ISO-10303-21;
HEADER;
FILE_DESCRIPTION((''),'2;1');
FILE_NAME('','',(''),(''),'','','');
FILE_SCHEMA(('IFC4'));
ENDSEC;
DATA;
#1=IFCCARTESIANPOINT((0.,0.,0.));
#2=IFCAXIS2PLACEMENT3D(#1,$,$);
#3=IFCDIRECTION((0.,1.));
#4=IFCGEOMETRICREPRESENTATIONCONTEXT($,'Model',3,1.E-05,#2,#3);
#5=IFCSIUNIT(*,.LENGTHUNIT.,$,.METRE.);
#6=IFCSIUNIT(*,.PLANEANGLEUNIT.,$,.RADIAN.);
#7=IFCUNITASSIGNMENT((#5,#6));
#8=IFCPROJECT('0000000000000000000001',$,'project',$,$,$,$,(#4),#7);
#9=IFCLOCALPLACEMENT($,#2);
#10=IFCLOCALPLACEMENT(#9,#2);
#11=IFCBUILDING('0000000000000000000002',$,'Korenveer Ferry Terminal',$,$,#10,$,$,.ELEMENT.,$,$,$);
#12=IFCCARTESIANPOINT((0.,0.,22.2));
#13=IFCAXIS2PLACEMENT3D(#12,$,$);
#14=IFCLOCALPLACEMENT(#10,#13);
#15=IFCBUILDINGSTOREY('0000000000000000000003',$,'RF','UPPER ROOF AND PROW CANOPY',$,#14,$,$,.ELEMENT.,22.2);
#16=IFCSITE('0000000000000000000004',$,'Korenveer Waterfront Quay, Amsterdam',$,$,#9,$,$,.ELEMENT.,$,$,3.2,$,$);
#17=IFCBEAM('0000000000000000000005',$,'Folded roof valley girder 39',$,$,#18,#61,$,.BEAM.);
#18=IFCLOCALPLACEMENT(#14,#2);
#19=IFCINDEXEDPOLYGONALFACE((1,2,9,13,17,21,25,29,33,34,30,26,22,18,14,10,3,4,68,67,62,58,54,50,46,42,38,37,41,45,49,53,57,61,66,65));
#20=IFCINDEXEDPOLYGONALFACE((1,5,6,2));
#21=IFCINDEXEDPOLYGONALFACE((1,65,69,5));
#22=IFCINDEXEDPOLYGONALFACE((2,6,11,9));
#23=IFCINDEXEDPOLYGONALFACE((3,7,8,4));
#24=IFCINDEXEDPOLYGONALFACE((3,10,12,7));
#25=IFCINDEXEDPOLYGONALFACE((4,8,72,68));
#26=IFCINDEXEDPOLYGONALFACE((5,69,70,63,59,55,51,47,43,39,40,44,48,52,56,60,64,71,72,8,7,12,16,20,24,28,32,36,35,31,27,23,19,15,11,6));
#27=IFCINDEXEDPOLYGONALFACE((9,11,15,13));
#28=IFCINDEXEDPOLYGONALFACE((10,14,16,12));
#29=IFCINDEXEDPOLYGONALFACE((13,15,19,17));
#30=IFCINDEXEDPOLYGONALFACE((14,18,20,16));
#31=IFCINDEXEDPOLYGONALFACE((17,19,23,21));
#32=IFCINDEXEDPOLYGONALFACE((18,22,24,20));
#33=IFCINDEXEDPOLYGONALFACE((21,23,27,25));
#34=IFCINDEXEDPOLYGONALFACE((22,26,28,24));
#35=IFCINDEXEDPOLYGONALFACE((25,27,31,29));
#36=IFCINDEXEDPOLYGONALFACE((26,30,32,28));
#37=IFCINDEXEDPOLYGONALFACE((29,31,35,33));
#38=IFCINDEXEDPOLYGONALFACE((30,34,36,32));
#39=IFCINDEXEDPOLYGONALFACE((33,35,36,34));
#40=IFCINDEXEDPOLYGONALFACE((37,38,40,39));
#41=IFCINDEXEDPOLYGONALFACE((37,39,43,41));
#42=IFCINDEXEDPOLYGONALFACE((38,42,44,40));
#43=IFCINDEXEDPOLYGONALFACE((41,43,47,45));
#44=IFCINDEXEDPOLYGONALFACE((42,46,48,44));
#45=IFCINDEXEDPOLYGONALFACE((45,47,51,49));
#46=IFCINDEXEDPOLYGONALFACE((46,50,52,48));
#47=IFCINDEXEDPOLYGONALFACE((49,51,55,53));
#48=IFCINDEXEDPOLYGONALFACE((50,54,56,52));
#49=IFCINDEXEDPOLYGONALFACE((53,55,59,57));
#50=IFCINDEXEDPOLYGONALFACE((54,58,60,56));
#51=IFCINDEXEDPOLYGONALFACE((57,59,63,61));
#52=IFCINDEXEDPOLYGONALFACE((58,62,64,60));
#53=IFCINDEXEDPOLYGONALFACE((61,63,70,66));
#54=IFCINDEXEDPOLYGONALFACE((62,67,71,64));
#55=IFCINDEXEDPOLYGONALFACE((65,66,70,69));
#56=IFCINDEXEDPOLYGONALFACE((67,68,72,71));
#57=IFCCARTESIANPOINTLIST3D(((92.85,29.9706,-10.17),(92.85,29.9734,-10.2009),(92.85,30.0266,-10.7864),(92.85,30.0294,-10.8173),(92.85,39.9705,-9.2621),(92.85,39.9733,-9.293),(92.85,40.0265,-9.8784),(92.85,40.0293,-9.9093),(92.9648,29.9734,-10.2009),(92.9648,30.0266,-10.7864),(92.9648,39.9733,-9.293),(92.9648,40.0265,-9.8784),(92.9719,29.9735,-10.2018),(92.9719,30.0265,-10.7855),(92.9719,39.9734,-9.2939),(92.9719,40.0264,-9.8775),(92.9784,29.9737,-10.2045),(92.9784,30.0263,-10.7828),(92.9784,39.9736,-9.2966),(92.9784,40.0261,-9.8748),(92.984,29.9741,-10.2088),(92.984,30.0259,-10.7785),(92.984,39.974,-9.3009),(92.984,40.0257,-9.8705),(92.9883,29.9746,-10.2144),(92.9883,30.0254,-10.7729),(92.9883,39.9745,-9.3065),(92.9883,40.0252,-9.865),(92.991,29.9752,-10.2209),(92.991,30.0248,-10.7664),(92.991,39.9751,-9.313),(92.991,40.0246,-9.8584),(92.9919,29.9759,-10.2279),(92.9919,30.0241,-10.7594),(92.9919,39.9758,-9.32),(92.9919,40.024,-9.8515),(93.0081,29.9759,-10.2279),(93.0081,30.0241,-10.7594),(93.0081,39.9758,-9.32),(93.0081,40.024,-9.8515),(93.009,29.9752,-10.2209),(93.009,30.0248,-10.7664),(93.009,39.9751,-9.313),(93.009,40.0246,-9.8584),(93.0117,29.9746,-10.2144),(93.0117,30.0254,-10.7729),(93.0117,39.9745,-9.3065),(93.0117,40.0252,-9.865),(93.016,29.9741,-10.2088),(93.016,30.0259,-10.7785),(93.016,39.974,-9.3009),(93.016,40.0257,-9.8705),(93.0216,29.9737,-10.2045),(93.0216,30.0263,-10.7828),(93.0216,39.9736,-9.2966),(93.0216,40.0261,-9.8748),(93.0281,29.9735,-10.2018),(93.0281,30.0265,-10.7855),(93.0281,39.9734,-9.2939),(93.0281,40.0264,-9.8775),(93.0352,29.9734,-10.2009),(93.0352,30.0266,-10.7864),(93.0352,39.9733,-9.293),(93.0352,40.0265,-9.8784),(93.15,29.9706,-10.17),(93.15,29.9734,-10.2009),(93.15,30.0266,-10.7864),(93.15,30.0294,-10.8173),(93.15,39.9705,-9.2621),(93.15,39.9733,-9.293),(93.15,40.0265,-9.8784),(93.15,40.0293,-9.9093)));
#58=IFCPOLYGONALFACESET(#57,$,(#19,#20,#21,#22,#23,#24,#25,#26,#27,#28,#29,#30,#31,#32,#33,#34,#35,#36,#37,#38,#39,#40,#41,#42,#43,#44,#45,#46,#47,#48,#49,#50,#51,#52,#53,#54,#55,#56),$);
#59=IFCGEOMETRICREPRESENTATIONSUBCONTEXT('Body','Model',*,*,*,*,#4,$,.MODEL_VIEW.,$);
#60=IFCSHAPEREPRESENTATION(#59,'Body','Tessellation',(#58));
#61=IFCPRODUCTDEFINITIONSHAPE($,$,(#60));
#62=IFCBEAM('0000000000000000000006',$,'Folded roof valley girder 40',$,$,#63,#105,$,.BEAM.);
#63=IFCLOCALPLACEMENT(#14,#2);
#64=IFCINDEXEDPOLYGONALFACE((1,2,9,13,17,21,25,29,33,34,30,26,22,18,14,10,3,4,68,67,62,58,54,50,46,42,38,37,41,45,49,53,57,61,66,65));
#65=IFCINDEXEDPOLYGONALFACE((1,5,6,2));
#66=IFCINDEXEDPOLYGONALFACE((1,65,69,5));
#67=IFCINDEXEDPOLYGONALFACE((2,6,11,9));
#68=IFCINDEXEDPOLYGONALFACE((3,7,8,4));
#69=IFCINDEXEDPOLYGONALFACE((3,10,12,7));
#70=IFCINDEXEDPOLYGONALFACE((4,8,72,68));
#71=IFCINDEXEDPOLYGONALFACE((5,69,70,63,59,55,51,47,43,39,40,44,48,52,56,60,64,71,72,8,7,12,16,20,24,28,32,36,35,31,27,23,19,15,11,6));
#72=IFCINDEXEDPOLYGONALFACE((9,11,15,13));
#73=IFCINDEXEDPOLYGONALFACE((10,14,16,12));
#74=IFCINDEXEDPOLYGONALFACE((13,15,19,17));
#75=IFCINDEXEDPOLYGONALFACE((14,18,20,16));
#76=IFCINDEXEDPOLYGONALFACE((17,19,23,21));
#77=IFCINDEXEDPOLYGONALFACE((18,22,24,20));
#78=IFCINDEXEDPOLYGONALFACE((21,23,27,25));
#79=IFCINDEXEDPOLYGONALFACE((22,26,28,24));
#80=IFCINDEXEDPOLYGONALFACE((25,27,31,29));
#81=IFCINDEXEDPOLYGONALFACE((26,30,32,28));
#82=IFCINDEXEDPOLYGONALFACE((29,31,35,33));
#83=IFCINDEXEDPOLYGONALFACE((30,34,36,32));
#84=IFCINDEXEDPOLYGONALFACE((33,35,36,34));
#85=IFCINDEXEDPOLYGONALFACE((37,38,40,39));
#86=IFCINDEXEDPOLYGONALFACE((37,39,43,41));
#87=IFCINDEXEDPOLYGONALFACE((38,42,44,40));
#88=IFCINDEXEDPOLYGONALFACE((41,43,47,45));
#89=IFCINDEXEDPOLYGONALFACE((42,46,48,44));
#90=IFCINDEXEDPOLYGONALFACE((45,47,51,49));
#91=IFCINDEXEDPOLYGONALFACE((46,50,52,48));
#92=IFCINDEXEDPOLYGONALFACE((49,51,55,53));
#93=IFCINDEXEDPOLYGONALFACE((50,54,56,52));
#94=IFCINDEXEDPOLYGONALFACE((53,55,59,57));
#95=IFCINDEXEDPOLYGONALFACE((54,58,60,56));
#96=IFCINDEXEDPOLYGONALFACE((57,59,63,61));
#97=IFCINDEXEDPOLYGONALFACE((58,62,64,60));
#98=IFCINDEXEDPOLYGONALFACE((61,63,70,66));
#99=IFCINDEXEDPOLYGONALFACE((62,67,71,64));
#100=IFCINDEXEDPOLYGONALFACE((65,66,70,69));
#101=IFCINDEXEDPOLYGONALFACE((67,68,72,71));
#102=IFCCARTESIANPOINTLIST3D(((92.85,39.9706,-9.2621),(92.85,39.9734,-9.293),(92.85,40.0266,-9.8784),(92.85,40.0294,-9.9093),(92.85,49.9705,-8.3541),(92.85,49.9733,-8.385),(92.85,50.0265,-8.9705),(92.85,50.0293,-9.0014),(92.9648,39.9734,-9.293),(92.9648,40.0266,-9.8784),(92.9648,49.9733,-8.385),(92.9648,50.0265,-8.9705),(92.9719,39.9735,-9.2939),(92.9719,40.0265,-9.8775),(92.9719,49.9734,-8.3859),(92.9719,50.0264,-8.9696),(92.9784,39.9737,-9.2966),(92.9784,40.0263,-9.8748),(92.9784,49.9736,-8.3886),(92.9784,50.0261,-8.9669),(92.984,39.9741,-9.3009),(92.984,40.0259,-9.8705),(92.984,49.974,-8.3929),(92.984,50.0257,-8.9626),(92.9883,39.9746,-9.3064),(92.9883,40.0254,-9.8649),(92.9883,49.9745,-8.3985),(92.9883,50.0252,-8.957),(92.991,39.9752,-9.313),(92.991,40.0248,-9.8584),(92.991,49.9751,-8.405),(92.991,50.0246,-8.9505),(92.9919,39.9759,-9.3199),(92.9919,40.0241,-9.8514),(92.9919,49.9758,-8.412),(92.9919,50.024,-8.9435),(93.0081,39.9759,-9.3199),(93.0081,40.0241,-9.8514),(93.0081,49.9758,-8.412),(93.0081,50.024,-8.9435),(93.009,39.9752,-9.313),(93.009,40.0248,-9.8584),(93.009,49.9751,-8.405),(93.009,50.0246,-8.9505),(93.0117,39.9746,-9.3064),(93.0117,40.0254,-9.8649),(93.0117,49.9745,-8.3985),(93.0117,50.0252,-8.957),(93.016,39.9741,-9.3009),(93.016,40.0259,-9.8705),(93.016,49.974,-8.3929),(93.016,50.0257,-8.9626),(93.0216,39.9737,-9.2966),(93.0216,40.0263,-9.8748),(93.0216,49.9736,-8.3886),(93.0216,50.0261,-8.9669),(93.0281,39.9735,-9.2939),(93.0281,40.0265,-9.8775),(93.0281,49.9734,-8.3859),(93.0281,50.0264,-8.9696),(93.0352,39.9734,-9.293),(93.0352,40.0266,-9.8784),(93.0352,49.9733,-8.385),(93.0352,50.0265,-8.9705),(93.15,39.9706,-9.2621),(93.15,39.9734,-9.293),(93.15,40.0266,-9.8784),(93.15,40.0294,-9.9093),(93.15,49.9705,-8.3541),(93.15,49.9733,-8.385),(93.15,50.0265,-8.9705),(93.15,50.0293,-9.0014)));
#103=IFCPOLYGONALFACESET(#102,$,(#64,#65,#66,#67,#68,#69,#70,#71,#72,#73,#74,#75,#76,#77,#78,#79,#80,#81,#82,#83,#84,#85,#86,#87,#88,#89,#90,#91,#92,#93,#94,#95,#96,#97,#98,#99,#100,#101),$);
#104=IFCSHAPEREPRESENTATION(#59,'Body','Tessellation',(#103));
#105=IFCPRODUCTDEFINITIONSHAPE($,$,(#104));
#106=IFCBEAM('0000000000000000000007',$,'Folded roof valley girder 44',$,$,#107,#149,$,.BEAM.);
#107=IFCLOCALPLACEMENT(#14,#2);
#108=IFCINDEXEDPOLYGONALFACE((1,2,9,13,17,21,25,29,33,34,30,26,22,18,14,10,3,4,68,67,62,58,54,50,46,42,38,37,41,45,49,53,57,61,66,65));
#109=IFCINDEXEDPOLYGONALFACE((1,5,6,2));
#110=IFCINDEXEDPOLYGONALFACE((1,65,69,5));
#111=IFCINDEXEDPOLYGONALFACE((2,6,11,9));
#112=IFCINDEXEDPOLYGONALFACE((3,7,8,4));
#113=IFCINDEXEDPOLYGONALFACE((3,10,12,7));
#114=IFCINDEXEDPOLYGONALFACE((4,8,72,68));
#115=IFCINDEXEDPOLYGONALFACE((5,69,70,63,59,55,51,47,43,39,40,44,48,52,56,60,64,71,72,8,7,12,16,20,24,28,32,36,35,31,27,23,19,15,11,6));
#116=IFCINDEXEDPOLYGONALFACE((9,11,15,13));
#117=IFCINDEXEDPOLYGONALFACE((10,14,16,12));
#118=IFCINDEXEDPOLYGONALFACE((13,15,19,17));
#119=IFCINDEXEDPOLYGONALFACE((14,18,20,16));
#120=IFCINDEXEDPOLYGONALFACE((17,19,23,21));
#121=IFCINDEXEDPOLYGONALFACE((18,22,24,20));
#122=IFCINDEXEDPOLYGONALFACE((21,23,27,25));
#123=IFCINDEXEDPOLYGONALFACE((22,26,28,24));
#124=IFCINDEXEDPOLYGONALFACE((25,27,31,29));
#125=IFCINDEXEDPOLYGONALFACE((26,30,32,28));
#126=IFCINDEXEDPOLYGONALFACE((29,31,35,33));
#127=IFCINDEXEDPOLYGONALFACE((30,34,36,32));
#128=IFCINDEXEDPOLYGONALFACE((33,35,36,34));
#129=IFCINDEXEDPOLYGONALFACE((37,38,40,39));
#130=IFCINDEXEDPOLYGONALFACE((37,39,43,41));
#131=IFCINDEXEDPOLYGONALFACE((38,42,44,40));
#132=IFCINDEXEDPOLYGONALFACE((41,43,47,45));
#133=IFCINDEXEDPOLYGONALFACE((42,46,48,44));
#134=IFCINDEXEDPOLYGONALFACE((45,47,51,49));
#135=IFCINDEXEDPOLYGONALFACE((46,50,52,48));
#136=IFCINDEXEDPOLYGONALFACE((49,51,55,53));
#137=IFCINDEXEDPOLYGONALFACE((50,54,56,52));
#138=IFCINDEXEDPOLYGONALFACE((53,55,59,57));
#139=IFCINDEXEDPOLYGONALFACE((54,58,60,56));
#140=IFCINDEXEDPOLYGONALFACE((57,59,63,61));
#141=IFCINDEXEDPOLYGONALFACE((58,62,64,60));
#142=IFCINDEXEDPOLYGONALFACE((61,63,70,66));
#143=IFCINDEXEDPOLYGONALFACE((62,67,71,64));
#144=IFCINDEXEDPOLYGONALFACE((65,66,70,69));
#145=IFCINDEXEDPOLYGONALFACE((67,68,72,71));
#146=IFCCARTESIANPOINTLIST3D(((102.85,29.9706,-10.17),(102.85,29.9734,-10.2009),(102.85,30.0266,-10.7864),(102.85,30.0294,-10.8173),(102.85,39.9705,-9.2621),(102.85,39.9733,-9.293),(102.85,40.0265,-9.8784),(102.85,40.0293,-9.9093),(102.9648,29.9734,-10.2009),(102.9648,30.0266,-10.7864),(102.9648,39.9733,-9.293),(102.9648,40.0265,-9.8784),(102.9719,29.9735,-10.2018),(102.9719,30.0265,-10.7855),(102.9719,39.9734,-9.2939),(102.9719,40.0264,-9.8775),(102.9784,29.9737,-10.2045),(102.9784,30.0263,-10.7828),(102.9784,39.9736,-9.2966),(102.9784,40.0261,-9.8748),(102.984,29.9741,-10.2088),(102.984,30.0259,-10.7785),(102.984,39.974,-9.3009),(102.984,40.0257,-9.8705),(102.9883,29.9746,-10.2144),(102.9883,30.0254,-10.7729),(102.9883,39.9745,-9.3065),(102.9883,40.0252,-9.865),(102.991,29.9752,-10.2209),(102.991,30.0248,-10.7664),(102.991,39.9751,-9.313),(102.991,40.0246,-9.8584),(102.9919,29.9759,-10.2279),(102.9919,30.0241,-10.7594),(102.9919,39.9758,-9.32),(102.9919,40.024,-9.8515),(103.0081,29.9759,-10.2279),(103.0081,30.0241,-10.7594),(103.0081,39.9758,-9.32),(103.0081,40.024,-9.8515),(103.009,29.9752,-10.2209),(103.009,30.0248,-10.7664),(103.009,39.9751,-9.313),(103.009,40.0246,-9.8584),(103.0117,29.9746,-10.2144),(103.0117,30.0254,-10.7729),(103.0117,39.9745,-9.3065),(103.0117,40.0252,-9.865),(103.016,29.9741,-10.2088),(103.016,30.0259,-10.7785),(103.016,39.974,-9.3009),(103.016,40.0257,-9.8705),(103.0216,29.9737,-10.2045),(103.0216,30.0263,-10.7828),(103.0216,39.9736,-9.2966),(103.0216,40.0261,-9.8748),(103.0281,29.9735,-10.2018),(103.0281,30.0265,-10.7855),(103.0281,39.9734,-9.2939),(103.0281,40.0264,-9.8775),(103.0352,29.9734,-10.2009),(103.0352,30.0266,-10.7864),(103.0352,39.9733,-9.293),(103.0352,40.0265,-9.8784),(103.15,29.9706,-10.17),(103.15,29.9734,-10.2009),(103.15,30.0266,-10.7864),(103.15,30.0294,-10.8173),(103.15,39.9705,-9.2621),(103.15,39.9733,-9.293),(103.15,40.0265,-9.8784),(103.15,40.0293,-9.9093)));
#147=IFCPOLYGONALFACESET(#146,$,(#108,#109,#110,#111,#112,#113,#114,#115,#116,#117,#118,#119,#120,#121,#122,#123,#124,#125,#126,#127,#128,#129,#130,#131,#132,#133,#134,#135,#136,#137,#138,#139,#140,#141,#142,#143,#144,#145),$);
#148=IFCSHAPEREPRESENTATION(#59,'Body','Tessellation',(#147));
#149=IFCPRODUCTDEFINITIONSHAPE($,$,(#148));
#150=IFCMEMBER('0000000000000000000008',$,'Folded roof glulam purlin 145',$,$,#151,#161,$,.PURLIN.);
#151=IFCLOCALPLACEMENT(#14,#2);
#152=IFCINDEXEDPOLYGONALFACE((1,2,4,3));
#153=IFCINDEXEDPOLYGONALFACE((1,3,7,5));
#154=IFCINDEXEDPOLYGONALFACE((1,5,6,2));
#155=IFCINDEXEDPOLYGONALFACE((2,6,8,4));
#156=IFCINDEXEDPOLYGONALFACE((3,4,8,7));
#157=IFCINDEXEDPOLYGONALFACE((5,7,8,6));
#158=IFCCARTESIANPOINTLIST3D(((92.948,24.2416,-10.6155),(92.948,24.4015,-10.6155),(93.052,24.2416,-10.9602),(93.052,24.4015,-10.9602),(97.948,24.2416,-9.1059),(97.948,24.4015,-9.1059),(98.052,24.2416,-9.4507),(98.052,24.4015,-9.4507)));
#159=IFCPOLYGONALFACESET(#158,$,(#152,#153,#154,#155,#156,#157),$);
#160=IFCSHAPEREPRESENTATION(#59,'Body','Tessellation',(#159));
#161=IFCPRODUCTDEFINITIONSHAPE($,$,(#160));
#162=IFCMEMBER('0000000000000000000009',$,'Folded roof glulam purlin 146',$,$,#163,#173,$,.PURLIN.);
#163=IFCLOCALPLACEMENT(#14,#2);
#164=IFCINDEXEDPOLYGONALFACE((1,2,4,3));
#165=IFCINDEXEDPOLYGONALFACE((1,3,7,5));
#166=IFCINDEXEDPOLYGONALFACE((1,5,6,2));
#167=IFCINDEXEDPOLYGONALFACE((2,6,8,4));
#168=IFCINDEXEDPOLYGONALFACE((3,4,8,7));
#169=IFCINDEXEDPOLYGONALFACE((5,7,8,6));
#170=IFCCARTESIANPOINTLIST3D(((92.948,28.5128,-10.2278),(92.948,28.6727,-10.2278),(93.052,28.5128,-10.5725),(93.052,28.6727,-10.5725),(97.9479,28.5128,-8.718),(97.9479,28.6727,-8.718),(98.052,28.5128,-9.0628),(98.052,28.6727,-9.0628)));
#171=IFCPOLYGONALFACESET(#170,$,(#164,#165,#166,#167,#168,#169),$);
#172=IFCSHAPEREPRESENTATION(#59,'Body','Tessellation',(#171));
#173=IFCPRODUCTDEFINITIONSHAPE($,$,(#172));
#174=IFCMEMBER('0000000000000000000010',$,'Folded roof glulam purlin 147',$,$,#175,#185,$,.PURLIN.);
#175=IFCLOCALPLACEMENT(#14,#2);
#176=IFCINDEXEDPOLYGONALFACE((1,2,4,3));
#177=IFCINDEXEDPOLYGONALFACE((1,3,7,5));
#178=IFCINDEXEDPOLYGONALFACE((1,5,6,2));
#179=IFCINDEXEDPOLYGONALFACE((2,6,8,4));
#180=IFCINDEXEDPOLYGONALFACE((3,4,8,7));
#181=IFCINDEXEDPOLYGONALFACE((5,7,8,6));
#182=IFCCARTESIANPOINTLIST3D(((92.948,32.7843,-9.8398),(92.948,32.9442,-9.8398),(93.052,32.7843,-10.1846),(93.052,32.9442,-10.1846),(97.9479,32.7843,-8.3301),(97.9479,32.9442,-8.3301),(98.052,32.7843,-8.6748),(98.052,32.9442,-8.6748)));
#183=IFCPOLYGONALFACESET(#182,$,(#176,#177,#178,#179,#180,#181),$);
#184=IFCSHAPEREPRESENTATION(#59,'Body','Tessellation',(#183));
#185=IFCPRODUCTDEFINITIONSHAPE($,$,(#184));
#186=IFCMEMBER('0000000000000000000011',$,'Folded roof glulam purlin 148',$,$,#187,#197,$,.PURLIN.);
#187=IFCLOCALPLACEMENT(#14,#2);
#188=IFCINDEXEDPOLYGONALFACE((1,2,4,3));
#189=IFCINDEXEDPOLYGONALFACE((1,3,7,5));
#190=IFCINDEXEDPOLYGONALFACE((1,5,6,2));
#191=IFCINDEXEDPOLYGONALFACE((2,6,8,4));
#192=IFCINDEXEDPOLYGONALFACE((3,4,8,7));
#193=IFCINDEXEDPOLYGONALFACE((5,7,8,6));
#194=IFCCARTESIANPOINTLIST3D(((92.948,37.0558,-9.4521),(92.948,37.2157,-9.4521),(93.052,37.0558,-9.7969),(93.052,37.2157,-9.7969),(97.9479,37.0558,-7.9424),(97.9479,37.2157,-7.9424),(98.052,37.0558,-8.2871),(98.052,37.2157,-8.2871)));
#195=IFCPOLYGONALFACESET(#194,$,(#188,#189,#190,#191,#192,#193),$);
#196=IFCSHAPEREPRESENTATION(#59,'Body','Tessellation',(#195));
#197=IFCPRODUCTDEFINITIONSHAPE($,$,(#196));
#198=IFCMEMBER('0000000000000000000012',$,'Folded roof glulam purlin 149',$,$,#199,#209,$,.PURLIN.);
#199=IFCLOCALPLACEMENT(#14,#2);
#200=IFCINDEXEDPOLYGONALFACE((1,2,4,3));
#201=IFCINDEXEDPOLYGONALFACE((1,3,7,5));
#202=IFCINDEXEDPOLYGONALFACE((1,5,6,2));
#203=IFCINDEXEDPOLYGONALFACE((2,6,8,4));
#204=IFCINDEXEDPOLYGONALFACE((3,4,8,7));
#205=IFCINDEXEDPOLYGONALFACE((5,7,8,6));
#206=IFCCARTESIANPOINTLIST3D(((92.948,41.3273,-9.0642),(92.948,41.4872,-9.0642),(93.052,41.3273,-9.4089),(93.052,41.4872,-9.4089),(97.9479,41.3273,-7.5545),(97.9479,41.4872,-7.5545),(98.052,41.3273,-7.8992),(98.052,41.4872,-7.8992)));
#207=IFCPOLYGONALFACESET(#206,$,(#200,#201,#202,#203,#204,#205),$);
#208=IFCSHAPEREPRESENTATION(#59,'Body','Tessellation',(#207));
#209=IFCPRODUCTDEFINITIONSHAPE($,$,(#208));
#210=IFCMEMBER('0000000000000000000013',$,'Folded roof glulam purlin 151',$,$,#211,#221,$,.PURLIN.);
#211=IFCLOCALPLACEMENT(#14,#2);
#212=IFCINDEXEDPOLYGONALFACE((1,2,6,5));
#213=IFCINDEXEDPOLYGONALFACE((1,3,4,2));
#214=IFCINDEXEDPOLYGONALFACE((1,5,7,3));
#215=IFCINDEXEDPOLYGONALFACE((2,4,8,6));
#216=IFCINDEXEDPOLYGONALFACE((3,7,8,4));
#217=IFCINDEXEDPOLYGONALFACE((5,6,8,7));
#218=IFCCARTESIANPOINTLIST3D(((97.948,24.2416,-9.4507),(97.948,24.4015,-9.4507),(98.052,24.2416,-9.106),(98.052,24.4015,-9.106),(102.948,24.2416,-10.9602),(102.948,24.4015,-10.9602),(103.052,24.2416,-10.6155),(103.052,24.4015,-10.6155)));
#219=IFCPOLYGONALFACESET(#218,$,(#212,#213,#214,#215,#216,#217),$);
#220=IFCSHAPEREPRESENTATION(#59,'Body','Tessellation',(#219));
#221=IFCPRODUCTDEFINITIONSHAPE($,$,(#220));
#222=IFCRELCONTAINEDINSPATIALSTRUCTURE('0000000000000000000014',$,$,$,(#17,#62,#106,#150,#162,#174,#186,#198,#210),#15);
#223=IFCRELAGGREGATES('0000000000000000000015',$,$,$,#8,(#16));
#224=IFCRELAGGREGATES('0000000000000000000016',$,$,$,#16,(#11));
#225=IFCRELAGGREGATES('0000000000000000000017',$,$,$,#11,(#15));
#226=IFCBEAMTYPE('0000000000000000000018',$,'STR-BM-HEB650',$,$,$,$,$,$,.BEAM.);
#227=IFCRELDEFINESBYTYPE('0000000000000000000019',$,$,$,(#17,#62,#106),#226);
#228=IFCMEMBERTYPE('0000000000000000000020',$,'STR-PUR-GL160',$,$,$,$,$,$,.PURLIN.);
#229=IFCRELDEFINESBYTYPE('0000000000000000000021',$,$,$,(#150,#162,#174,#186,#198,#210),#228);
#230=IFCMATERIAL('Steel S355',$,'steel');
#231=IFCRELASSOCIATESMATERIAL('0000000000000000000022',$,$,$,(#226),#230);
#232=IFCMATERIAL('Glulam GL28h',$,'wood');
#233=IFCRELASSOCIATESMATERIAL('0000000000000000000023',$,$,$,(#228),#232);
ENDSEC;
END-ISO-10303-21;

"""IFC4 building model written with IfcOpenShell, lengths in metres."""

from ifc_helpers import new_model, si_unit, direction, frame, origin, origin_2d, place, context, subcontext, project, spatial, rectangle, i_section, extrude, material, material_profile, profile_set, type_object, element, save


model = new_model("IFC4")

# Units and contexts
model_context = context("Model", 3, precision=1e-05, world=origin(), true_north=direction((0.0, 1.0)))
body_context = subcontext(model_context, "Body", "Model", "MODEL_VIEW")
ifc_project = project(units=[si_unit("LENGTHUNIT", "METRE"), si_unit("PLANEANGLEUNIT", "RADIAN")], contexts=[model_context])

# Site, building, storey
site_placement = place(None, origin())
site = spatial("IfcSite", under=ifc_project, at=site_placement, Name="Korenveer Waterfront Quay, Amsterdam", CompositionType="ELEMENT", RefElevation=3.2)
building_placement = place(site_placement, origin())
building = spatial("IfcBuilding", under=site, at=building_placement, Name="Korenveer Ferry Terminal", CompositionType="ELEMENT")
storey_placement = place(building_placement, frame((0.0, 0.0, 22.2)))
storey = spatial("IfcBuildingStorey", under=building, at=storey_placement, Name="RF", Description="UPPER ROOF AND PROW CANOPY", CompositionType="ELEMENT", Elevation=22.2)

# Beams
ifc_material_1 = material(Name="Steel S355", Category="steel")
ifc_material_profile_1 = material_profile(ifc_material_1, i_section(OverallWidth=0.3, OverallDepth=0.6499, WebThickness=0.0161, FlangeThickness=0.031, FilletRadius=0.0271, at=origin_2d()), Name="HEB 650")
ifc_profile_set_1 = profile_set([ifc_material_profile_1], Name="Steel S355")
beam_type_1 = type_object("IfcBeamType", Name="STR-BM-HEB650", PredefinedType="BEAM", material=ifc_profile_set_1)
for number, where, z_axis, x_axis, name in (
    (1, (93.0, 30.0, -10.4937), (0.0, 0.995903, 0.090424), (-1.0, 0.0, 0.0), "Folded roof valley girder 39"),
    (2, (93.0, 40.0, -9.5857), (0.0, 0.995903, 0.090424), (-1.0, 0.0, 0.0), "Folded roof valley girder 40"),
    (3, (103.0, 30.0, -10.4937), (0.0, 0.995903, 0.090424), (-1.0, 0.0, 0.0), "Folded roof valley girder 44"),
):
    element("IfcBeam", number, at=place(storey_placement, frame(where, z_axis=z_axis, x_axis=x_axis)), inside=storey, type_object=beam_type_1, Name=name, PredefinedType="BEAM", context=body_context, shape_type="SweptSolid", body=[
        extrude(i_section(OverallWidth=0.3, OverallDepth=0.6499, WebThickness=0.0161, FlangeThickness=0.031, FilletRadius=0.0271, at=origin_2d()), origin(), (0.0, 0.0, 1.0), 10.041),
    ])

# Members
ifc_material_2 = material(Name="Glulam GL28h", Category="wood")
ifc_material_profile_2 = material_profile(ifc_material_2, rectangle(XDim=0.1599, YDim=0.3601, at=origin_2d()), Name="GL 160x360")
ifc_profile_set_2 = profile_set([ifc_material_profile_2], Name="Glulam GL28h")
member_type = type_object("IfcMemberType", Name="STR-PUR-GL160", PredefinedType="PURLIN", material=ifc_profile_set_2)
for number, where, z_axis, x_axis, name in (
    (4, (93.0, 24.3215, -10.7878), (0.957323, 0.0, 0.28902), (0.0, 1.0, 0.0), "Folded roof glulam purlin 145"),
    (5, (93.0, 28.5928, -10.4001), (0.95731, 0.0, 0.289063), (0.0, 1.0, 0.0), "Folded roof glulam purlin 146"),
    (6, (93.0, 32.8643, -10.0122), (0.95731, 0.0, 0.289063), (0.0, 1.0, 0.0), "Folded roof glulam purlin 147"),
    (7, (93.0, 37.1357, -9.6245), (0.95731, 0.0, 0.289063), (0.0, 1.0, 0.0), "Folded roof glulam purlin 148"),
    (8, (93.0, 41.4072, -9.2366), (0.95731, 0.0, 0.289063), (0.0, 1.0, 0.0), "Folded roof glulam purlin 149"),
    (9, (98.0, 24.3215, -9.2783), (0.957323, 0.0, -0.28902), (0.0, 1.0, 0.0), "Folded roof glulam purlin 151"),
):
    element("IfcMember", number, at=place(storey_placement, frame(where, z_axis=z_axis, x_axis=x_axis)), inside=storey, type_object=member_type, Name=name, PredefinedType="PURLIN", context=body_context, shape_type="SweptSolid", body=[
        extrude(rectangle(XDim=0.1599, YDim=0.3601, at=origin_2d()), origin(), (0.0, 0.0, 1.0), 5.2229),
    ])

save(model, "model.ifc")
